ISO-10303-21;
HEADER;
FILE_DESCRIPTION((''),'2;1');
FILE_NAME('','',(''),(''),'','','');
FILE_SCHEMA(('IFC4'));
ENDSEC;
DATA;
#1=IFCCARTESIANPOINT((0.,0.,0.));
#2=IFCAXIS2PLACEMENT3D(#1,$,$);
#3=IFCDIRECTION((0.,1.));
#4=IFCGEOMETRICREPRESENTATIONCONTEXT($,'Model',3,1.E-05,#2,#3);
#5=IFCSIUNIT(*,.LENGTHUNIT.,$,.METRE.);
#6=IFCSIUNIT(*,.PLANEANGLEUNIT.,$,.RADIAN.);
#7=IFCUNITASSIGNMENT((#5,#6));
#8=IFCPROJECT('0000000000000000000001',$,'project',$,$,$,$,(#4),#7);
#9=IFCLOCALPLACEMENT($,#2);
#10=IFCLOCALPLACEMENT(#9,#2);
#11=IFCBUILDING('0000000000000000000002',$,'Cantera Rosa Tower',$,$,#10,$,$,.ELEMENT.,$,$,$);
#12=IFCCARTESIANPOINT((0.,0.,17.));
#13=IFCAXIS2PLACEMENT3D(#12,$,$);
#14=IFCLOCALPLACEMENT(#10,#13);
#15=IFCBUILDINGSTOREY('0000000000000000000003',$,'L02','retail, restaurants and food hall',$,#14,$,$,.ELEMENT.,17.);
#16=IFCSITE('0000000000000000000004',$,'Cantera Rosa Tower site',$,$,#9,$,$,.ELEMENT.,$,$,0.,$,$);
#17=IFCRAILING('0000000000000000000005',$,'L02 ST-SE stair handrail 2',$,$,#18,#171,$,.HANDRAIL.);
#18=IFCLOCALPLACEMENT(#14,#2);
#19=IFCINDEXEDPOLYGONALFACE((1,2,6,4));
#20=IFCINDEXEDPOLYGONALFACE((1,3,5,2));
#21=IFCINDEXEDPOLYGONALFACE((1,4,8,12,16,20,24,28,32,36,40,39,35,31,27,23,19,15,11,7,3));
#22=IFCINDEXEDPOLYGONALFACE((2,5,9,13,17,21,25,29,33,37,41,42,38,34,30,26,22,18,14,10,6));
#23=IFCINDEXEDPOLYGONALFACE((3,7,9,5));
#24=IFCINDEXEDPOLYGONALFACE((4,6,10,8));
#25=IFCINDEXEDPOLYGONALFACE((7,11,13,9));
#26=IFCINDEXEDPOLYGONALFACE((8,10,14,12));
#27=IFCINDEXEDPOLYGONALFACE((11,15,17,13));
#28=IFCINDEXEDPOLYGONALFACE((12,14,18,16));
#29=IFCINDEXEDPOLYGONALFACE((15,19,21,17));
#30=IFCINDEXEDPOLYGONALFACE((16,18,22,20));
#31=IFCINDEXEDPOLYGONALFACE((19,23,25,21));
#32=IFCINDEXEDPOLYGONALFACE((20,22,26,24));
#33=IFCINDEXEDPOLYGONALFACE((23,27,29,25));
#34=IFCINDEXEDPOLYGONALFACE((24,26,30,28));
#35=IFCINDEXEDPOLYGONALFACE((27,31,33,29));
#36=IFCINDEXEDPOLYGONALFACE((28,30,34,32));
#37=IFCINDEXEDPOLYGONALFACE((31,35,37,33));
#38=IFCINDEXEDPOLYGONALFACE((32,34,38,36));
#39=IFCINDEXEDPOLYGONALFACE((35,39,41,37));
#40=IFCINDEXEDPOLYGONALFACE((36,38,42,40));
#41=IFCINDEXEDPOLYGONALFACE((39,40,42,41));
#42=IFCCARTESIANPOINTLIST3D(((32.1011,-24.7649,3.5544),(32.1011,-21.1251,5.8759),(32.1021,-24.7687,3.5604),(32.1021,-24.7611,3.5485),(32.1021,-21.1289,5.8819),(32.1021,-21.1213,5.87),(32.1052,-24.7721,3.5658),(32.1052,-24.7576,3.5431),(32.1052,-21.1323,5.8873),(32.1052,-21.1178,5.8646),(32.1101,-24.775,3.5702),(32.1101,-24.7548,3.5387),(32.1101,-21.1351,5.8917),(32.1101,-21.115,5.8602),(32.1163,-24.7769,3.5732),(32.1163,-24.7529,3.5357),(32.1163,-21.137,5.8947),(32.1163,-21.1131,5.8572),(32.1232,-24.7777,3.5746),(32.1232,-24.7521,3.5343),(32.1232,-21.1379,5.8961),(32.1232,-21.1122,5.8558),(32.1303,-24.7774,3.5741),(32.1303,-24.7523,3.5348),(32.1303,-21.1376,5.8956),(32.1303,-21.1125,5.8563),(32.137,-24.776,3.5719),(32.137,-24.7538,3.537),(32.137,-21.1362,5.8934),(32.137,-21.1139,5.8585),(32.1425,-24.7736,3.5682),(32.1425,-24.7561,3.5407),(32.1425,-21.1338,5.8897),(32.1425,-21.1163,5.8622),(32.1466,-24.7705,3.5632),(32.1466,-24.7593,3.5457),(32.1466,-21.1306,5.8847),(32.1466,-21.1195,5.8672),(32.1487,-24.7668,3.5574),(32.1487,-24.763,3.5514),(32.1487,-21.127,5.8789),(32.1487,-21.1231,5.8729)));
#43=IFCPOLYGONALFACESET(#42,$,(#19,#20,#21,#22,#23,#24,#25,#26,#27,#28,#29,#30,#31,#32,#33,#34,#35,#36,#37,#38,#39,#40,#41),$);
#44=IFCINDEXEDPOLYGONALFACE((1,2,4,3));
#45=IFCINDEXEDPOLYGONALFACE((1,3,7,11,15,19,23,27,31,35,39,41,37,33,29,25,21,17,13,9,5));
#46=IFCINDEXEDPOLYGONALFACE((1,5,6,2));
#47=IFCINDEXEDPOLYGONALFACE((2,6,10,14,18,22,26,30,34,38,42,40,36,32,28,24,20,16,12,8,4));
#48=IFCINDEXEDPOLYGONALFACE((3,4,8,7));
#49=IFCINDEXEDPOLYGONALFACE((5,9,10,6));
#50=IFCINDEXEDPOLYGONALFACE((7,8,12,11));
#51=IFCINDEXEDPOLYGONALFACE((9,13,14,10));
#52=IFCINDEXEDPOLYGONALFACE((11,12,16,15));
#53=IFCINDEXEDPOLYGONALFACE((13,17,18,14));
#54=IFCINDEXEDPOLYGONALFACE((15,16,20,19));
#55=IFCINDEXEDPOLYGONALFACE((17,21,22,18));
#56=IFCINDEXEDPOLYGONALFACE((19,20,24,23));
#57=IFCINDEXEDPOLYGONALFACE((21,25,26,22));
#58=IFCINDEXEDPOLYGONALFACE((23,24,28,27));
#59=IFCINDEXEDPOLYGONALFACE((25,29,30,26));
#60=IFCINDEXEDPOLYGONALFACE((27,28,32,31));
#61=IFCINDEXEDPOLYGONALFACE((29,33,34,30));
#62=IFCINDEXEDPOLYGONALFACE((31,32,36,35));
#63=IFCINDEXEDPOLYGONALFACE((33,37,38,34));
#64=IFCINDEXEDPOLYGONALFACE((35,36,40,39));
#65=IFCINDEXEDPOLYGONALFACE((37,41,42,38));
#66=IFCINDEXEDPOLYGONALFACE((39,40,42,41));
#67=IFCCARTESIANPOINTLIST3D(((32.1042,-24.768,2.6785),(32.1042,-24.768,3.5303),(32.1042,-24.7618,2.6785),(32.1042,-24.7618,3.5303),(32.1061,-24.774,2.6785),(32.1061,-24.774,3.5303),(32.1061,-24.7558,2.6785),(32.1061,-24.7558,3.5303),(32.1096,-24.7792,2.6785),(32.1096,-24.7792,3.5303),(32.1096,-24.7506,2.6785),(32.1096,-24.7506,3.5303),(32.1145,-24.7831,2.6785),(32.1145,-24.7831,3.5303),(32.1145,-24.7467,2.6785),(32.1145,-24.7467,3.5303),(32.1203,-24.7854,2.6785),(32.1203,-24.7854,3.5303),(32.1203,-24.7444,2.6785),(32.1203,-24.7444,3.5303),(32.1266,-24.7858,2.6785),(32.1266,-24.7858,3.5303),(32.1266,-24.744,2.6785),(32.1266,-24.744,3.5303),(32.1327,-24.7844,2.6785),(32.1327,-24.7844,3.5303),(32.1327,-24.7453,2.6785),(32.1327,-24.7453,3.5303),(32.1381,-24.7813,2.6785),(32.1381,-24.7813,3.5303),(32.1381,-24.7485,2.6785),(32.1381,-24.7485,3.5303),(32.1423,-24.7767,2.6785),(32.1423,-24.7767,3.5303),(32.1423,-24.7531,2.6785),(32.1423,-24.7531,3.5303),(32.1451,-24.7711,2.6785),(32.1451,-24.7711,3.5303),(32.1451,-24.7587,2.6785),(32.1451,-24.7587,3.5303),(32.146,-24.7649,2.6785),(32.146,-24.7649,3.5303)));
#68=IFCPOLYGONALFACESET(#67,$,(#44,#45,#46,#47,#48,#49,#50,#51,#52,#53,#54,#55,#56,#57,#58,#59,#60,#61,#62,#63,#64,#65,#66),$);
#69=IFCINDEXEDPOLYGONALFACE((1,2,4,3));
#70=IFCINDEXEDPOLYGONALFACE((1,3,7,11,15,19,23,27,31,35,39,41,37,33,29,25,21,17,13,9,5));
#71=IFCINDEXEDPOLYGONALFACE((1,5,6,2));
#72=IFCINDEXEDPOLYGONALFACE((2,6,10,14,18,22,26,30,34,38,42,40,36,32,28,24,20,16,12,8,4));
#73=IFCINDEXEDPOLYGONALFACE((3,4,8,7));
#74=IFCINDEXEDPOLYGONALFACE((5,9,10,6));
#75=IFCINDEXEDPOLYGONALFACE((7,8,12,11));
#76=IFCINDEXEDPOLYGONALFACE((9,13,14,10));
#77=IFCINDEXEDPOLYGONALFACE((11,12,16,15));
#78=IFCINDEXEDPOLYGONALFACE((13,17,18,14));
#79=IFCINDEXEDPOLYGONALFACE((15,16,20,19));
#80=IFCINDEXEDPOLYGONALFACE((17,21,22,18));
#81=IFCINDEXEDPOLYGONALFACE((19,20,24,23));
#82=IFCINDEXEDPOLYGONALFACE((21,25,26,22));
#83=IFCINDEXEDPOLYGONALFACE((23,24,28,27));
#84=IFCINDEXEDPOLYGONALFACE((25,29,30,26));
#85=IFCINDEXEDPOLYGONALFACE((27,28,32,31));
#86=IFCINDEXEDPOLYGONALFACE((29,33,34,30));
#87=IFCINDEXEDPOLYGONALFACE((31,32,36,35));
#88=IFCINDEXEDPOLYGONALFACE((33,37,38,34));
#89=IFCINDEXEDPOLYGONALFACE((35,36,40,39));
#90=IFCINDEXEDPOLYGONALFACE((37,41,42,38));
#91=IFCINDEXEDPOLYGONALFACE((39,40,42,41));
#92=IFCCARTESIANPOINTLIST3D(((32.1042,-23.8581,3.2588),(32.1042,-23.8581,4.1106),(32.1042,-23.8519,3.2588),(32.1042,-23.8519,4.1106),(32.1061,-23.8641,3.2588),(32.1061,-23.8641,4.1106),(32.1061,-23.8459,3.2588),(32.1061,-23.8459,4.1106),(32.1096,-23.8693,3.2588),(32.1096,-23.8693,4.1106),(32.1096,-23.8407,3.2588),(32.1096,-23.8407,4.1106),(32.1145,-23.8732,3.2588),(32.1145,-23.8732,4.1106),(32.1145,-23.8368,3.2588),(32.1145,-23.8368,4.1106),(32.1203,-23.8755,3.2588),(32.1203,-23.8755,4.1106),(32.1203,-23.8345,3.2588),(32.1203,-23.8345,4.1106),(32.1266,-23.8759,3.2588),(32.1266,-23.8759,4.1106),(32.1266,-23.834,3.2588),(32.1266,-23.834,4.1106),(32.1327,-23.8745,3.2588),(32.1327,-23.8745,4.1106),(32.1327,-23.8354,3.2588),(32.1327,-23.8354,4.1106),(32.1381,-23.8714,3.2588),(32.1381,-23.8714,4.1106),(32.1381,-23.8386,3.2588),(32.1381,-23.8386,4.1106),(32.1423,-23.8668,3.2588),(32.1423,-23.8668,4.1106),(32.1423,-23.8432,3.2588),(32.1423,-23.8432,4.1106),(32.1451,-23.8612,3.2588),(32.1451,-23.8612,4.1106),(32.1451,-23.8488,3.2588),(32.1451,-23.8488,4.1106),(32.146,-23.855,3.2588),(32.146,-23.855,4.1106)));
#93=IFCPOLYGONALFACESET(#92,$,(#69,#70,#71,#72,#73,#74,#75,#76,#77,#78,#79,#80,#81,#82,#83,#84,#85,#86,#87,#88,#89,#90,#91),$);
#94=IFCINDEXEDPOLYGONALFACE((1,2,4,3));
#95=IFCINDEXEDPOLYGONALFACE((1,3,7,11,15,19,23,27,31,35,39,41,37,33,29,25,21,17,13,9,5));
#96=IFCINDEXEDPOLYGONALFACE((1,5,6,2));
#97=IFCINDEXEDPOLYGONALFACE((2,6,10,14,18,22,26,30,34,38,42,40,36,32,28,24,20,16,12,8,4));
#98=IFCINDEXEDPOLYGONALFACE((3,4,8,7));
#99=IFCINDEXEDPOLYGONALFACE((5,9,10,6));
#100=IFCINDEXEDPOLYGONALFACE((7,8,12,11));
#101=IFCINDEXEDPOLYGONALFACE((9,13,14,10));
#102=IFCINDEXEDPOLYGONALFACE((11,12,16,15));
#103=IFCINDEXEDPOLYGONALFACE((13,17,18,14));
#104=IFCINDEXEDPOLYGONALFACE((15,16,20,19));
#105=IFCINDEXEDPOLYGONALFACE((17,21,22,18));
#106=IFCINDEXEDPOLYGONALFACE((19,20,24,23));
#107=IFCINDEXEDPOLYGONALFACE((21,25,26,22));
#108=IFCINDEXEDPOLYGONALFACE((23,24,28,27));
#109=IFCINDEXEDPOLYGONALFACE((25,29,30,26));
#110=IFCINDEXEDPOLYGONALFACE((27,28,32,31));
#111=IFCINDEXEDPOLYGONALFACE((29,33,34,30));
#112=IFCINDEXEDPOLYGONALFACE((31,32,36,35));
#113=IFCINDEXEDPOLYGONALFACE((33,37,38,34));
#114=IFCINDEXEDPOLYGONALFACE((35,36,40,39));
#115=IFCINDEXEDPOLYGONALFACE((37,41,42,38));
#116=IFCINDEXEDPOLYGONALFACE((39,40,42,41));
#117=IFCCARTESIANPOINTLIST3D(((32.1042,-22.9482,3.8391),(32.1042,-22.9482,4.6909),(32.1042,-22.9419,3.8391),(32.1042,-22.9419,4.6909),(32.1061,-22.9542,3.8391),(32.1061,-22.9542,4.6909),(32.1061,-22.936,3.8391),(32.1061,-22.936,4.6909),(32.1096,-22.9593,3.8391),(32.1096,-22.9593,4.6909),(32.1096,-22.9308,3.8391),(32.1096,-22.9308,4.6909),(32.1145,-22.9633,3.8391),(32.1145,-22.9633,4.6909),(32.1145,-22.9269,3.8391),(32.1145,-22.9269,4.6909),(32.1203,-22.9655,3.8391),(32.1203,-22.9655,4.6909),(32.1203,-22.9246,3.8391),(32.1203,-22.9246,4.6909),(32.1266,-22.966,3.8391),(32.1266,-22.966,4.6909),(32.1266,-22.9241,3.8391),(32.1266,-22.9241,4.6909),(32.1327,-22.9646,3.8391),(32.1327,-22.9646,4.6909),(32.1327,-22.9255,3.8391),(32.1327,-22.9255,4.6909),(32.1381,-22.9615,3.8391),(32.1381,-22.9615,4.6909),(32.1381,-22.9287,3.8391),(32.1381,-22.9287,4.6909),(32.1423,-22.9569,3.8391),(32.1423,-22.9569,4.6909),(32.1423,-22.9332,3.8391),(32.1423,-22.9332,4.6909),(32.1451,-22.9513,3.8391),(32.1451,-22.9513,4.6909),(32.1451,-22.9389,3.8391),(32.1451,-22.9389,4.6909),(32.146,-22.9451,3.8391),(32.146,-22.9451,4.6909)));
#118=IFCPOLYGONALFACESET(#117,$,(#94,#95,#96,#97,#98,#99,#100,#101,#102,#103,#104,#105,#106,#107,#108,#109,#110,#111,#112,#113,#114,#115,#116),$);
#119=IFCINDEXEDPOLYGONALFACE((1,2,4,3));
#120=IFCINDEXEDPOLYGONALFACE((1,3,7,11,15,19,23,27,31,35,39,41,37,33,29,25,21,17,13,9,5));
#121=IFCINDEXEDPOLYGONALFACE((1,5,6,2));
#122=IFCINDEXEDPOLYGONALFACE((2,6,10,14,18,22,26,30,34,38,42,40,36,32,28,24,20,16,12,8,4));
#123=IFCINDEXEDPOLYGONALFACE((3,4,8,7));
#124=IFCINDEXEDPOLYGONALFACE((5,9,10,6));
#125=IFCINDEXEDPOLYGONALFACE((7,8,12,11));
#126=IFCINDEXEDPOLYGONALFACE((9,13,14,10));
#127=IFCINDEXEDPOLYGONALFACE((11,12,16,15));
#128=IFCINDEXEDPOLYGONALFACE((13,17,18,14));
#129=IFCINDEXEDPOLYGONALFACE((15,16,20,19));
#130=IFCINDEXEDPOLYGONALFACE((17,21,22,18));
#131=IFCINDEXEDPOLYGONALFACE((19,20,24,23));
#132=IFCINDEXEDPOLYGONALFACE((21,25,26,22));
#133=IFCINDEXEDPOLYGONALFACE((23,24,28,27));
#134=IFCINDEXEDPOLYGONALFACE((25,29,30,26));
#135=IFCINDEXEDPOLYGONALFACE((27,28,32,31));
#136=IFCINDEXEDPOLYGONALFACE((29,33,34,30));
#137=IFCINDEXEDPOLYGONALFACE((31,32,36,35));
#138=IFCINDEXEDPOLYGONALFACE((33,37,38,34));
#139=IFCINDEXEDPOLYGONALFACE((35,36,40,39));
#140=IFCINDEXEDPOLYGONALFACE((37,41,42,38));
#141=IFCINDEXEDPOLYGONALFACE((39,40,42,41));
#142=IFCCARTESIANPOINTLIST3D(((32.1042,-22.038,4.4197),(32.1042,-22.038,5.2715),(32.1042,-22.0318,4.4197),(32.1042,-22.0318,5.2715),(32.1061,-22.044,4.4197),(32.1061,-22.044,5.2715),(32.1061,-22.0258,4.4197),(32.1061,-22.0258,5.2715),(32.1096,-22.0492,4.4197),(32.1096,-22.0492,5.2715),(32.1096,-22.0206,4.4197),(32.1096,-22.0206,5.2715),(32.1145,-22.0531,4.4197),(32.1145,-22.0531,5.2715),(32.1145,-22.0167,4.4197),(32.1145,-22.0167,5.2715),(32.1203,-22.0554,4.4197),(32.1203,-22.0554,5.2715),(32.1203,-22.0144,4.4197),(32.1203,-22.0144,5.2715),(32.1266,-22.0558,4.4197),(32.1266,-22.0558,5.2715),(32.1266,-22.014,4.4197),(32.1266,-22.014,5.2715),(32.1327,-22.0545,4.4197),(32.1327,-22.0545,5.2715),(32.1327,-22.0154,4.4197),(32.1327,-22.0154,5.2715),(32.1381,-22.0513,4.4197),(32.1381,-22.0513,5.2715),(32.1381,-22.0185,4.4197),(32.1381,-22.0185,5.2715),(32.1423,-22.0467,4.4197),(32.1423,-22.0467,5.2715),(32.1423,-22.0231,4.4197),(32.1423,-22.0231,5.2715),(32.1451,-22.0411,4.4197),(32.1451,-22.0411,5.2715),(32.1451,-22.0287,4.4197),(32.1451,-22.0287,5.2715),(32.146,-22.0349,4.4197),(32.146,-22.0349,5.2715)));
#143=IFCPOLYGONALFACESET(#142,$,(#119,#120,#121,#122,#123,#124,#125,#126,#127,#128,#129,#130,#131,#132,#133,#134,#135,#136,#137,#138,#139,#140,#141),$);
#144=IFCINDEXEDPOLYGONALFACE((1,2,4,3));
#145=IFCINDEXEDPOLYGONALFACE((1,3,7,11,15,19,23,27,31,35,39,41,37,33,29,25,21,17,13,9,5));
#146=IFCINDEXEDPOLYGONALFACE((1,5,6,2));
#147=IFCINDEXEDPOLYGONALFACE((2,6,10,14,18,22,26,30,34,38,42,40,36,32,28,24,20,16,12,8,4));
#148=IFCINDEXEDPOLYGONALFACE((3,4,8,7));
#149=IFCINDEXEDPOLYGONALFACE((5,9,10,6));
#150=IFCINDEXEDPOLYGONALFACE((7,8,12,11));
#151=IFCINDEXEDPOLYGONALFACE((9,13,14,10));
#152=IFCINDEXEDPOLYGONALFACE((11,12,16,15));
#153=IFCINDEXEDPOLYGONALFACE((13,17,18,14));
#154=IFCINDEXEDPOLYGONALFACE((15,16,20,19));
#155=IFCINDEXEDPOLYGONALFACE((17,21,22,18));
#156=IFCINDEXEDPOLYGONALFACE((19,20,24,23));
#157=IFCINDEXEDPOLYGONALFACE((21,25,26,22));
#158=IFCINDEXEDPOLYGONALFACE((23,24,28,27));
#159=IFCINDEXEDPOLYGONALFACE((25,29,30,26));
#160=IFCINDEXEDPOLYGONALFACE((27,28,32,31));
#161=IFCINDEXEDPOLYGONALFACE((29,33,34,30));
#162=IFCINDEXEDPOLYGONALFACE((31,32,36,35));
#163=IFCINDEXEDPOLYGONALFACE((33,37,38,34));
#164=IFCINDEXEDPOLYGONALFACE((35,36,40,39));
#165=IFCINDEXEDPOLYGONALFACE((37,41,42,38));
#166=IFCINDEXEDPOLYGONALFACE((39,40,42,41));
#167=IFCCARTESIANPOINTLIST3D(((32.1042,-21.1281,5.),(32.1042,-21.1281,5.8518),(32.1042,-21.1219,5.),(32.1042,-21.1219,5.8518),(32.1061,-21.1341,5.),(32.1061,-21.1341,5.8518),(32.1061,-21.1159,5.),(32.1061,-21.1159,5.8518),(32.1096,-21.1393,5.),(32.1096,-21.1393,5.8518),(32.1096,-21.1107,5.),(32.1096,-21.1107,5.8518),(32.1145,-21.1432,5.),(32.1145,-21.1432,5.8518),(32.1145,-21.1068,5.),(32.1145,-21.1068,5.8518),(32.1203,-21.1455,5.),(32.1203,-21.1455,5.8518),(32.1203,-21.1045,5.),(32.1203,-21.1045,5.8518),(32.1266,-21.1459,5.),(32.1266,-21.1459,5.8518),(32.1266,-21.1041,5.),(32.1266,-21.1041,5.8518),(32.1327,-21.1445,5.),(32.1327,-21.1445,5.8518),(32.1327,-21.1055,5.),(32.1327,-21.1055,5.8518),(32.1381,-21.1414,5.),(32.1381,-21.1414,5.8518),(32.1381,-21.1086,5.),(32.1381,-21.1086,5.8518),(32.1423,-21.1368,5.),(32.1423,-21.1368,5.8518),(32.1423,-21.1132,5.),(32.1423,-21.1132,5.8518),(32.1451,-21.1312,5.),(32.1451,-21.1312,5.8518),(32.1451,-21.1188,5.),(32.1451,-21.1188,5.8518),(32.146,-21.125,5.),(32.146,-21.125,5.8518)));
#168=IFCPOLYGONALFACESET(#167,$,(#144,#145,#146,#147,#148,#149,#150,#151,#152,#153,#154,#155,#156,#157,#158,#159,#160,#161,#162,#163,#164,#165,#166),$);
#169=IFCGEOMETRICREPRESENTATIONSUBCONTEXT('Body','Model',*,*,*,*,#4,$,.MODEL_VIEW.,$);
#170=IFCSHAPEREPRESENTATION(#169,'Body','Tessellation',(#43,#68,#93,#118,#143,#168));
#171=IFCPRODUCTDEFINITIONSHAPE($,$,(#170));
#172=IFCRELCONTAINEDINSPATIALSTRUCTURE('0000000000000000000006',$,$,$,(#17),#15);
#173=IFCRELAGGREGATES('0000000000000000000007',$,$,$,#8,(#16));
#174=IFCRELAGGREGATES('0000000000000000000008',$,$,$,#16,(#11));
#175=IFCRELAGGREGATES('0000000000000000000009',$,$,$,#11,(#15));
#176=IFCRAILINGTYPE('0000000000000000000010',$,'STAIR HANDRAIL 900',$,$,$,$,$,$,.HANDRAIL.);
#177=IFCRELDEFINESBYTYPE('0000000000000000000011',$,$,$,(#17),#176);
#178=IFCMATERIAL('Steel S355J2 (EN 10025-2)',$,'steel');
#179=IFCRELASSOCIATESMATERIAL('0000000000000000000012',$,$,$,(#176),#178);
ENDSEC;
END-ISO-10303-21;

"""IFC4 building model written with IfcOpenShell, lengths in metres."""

from ifc_helpers import new_model, si_unit, direction, frame, origin, origin_2d, place, context, subcontext, project, spatial, circle, extrude, material, type_object, element, save


model = new_model("IFC4")

# Units and contexts
model_context = context("Model", 3, precision=1e-05, world=origin(), true_north=direction((0.0, 1.0)))
body_context = subcontext(model_context, "Body", "Model", "MODEL_VIEW")
ifc_project = project(units=[si_unit("LENGTHUNIT", "METRE"), si_unit("PLANEANGLEUNIT", "RADIAN")], contexts=[model_context])

# Site, building, storey
site_placement = place(None, origin())
site = spatial("IfcSite", under=ifc_project, at=site_placement, Name="Cantera Rosa Tower site", CompositionType="ELEMENT", RefElevation=0.0)
building_placement = place(site_placement, origin())
building = spatial("IfcBuilding", under=site, at=building_placement, Name="Cantera Rosa Tower", CompositionType="ELEMENT")
storey_placement = place(building_placement, frame((0.0, 0.0, 17.0)))
storey = spatial("IfcBuildingStorey", under=building, at=storey_placement, Name="L02", Description="retail, restaurants and food hall", CompositionType="ELEMENT", Elevation=17.0)

# Railing
ifc_material_1 = material(Name="Steel S355J2 (EN 10025-2)", Category="steel")
railing_type_1 = type_object("IfcRailingType", Name="STAIR HANDRAIL 900", PredefinedType="HANDRAIL", material=ifc_material_1)
railing_1_placement = place(storey_placement, frame((32.125, -24.7649, 2.6785)))
element("IfcRailing", 1, at=railing_1_placement, inside=storey, type_object=railing_type_1, Name="L02 ST-SE stair handrail 2", PredefinedType="HANDRAIL", context=body_context, shape_type="SweptSolid", body=[
    extrude(circle(Radius=0.0239, at=origin_2d()), frame((0.0, 0.0, 0.876), z_axis=(0.0, 0.843112, 0.537739), x_axis=(-1.0, 0.0, 0.0)), (0.0, 0.0, 1.0), 4.3171),
    extrude(circle(Radius=0.021, at=origin_2d()), origin(), (0.0, 0.0, 1.0), 0.8518),
    extrude(circle(Radius=0.021, at=origin_2d()), frame((0.0, 0.9099, 0.5803)), (0.0, 0.0, 1.0), 0.8518),
    extrude(circle(Radius=0.021, at=origin_2d()), frame((0.0, 1.8198, 1.1606)), (0.0, 0.0, 1.0), 0.8518),
    extrude(circle(Radius=0.021, at=origin_2d()), frame((0.0, 2.73, 1.7412)), (0.0, 0.0, 1.0), 0.8518),
    extrude(circle(Radius=0.021, at=origin_2d()), frame((0.0, 3.6399, 2.3215)), (0.0, 0.0, 1.0), 0.8518),
])

save(model, "model.ifc")
